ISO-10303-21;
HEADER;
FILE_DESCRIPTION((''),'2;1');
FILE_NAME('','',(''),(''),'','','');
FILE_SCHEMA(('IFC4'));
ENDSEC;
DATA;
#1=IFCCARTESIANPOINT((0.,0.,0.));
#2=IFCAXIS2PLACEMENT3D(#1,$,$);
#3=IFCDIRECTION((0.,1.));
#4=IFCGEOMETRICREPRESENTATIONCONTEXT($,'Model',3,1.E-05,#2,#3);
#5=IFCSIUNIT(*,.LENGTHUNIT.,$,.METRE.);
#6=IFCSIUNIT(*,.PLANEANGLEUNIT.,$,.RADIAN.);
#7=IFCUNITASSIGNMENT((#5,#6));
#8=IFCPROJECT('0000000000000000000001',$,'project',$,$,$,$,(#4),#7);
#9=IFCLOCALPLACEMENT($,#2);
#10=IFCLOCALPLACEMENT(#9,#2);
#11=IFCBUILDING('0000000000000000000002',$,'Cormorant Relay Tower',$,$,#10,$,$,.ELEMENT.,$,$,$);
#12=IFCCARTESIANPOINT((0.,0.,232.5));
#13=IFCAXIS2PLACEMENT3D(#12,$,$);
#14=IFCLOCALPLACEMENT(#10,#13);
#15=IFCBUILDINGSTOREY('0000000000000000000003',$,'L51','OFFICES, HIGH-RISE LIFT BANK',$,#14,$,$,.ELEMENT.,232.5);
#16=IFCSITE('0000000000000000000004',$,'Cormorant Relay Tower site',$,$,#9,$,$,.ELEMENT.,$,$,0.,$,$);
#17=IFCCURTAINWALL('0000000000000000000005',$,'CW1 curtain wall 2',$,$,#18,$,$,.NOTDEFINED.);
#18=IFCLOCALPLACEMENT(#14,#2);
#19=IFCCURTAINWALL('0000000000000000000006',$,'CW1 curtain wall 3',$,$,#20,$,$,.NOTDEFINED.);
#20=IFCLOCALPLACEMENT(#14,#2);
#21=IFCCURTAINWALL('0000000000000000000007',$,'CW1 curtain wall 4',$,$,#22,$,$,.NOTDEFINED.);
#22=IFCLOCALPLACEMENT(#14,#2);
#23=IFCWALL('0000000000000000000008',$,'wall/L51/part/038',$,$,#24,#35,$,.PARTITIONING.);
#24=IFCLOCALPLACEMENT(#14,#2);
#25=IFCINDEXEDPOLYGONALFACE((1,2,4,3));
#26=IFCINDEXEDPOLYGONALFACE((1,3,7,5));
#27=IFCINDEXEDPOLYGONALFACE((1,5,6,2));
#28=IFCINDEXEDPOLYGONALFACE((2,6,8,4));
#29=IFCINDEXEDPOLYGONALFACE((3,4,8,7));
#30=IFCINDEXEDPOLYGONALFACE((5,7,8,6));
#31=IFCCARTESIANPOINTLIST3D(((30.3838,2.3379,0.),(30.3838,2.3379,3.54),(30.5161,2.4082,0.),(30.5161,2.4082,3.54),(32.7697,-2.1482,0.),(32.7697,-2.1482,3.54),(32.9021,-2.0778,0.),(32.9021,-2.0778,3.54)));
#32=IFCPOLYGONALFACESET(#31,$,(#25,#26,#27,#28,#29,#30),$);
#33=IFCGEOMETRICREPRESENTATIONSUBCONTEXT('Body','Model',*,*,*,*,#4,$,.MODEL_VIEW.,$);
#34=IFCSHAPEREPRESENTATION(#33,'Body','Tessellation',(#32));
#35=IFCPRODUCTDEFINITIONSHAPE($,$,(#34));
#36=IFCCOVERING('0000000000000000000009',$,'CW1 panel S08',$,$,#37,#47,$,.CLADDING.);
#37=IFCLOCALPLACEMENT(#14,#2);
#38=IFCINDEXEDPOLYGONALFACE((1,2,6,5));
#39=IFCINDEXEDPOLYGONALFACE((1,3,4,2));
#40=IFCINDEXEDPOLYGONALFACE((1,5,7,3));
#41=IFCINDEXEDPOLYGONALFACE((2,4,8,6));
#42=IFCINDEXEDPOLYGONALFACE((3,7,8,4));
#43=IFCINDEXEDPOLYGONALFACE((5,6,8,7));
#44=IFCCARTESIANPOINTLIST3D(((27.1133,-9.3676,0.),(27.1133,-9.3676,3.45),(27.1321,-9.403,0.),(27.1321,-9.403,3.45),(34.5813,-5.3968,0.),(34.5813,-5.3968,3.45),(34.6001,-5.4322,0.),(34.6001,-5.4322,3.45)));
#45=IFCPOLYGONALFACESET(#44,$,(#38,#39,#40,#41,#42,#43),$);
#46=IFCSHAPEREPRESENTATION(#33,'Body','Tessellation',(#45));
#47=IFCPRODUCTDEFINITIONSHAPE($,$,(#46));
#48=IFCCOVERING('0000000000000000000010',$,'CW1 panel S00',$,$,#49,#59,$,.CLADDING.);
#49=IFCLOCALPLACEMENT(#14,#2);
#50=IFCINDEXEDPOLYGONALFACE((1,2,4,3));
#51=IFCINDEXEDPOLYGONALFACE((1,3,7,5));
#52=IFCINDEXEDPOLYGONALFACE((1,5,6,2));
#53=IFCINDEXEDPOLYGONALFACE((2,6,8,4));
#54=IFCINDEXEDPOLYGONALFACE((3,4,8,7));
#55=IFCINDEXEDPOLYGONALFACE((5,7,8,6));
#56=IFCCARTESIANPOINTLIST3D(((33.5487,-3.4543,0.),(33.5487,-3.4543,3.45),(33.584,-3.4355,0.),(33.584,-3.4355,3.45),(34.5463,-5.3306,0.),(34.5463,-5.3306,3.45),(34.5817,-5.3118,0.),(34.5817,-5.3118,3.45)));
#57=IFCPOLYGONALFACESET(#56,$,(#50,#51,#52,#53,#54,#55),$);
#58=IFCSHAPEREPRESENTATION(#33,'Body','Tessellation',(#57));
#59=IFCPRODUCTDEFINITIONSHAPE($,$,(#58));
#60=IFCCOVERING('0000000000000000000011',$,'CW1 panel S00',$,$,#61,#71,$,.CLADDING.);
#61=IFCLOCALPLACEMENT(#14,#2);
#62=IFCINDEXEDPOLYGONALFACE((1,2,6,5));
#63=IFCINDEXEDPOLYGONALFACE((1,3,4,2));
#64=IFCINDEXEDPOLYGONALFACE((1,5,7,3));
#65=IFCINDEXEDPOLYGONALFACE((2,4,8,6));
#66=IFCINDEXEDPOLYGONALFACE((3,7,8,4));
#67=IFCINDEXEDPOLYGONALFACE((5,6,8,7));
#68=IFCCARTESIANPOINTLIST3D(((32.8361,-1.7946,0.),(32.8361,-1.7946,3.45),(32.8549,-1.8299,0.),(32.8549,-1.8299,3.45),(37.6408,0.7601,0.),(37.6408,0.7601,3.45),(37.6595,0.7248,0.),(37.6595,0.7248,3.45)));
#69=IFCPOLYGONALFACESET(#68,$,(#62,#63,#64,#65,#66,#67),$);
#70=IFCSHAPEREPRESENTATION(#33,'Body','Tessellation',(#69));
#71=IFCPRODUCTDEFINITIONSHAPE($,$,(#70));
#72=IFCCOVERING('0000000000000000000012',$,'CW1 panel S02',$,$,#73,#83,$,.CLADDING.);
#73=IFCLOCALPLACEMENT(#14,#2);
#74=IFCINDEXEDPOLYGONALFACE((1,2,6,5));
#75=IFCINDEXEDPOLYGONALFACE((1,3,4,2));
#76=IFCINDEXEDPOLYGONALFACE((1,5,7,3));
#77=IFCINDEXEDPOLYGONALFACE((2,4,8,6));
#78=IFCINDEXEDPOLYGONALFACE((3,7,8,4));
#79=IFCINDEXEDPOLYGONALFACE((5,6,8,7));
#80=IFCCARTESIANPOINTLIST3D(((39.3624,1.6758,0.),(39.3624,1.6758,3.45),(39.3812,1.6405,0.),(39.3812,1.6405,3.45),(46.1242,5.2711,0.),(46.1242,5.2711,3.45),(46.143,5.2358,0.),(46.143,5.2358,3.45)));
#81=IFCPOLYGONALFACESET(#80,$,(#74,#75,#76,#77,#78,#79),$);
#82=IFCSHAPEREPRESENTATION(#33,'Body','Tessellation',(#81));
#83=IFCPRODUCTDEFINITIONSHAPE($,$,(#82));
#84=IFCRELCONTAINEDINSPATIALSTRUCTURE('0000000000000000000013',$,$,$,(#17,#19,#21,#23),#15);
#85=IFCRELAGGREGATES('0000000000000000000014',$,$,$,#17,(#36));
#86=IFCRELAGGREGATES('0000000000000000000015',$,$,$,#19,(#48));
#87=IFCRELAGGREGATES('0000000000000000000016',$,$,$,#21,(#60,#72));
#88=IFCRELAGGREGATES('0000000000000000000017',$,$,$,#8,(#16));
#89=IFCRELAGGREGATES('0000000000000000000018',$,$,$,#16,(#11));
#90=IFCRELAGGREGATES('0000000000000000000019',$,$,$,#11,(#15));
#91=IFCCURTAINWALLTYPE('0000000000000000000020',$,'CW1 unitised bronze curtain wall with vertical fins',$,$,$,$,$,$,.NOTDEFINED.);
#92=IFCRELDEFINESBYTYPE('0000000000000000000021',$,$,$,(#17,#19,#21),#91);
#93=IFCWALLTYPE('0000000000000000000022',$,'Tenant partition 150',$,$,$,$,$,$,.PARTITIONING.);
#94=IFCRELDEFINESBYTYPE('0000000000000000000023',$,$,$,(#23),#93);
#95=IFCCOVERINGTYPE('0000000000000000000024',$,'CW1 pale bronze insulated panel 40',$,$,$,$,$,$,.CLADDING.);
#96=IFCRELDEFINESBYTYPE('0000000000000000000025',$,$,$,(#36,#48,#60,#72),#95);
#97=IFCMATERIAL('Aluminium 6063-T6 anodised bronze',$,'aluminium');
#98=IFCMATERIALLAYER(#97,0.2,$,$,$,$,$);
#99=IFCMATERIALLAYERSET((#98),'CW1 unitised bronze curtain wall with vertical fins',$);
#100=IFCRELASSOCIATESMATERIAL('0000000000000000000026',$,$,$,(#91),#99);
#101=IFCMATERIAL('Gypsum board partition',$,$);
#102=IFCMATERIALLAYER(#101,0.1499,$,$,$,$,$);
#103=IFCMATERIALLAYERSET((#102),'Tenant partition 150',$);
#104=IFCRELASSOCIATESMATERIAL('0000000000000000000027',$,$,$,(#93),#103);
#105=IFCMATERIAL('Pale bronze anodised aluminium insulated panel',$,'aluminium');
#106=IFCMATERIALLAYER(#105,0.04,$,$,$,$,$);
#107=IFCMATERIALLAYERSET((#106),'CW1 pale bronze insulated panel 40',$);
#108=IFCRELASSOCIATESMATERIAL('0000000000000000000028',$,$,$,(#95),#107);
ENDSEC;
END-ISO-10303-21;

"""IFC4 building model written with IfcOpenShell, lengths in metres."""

from ifc_helpers import new_model, si_unit, direction, frame, frame_2d, origin, origin_2d, place, context, subcontext, project, spatial, rectangle, extrude, material, layer, layer_set, type_object, element, aggregate, save


model = new_model("IFC4")

# Units and contexts
model_context = context("Model", 3, precision=1e-05, world=origin(), true_north=direction((0.0, 1.0)))
body_context = subcontext(model_context, "Body", "Model", "MODEL_VIEW")
ifc_project = project(units=[si_unit("LENGTHUNIT", "METRE"), si_unit("PLANEANGLEUNIT", "RADIAN")], contexts=[model_context])

# Site, building, storey
site_placement = place(None, origin())
site = spatial("IfcSite", under=ifc_project, at=site_placement, Name="Cormorant Relay Tower site", CompositionType="ELEMENT", RefElevation=0.0)
building_placement = place(site_placement, origin())
building = spatial("IfcBuilding", under=site, at=building_placement, Name="Cormorant Relay Tower", CompositionType="ELEMENT")
storey_placement = place(building_placement, frame((0.0, 0.0, 232.5)))
storey = spatial("IfcBuildingStorey", under=building, at=storey_placement, Name="L51", Description="OFFICES, HIGH-RISE LIFT BANK", CompositionType="ELEMENT", Elevation=232.5)

# Curtain walls
ifc_material_1 = material(Name="Aluminium 6063-T6 anodised bronze", Category="aluminium")
ifc_layer_1 = layer(ifc_material_1, 0.2)
ifc_layer_set_1 = layer_set([ifc_layer_1], Name="CW1 unitised bronze curtain wall with vertical fins")
curtain_wall_type = type_object("IfcCurtainWallType", Name="CW1 unitised bronze curtain wall with vertical fins", PredefinedType="NOTDEFINED", material=ifc_layer_set_1)
curtain_wall_1_placement = place(storey_placement, origin())
curtain_wall_1 = element("IfcCurtainWall", 1, at=curtain_wall_1_placement, inside=storey, type_object=curtain_wall_type, Name="CW1 curtain wall 2", PredefinedType="NOTDEFINED")
curtain_wall_2_placement = place(storey_placement, origin())
curtain_wall_2 = element("IfcCurtainWall", 2, at=curtain_wall_2_placement, inside=storey, type_object=curtain_wall_type, Name="CW1 curtain wall 3", PredefinedType="NOTDEFINED")

# Curtain wall
curtain_wall_3_placement = place(storey_placement, origin())
curtain_wall_3 = element("IfcCurtainWall", 3, at=curtain_wall_3_placement, inside=storey, type_object=curtain_wall_type, Name="CW1 curtain wall 4", PredefinedType="NOTDEFINED")

# Wall
ifc_material_2 = material(Name="Gypsum board partition")
ifc_layer_2 = layer(ifc_material_2, 0.1499)
ifc_layer_set_2 = layer_set([ifc_layer_2], Name="Tenant partition 150")
wall_type_1 = type_object("IfcWallType", Name="Tenant partition 150", PredefinedType="PARTITIONING", material=ifc_layer_set_2)
wall_1_placement = place(storey_placement, frame((30.45, 2.373, 0.0), z_axis=(0.0, 0.0, 1.0), x_axis=(0.469578, -0.882891, 0.0)))
element("IfcWall", 4, at=wall_1_placement, inside=storey, type_object=wall_type_1, Name="wall/L51/part/038", PredefinedType="PARTITIONING", context=body_context, shape_type="SweptSolid", body=[
    extrude(rectangle(XDim=5.0811, YDim=0.1499, at=frame_2d((2.5405, 0.0))), origin(), (0.0, 0.0, 1.0), 3.54),
])

# Coverings
ifc_material_3 = material(Name="Pale bronze anodised aluminium insulated panel", Category="aluminium")
ifc_layer_3 = layer(ifc_material_3, 0.04)
ifc_layer_set_3 = layer_set([ifc_layer_3], Name="CW1 pale bronze insulated panel 40")
covering_type = type_object("IfcCoveringType", Name="CW1 pale bronze insulated panel 40", PredefinedType="CLADDING", material=ifc_layer_set_3)
covering_1_placement = place(storey_placement, frame((30.8567, -7.3999, 0.0), z_axis=(0.0, 0.0, 1.0), x_axis=(0.882948, 0.469472, 0.0)))
covering_1 = element("IfcCovering", 5, at=covering_1_placement, type_object=covering_type, Name="CW1 panel S08", PredefinedType="CLADDING", context=body_context, shape_type="SweptSolid", body=[
    extrude(rectangle(XDim=8.458, YDim=0.04, at=origin_2d()), origin(), (0.0, 0.0, 1.0), 3.45),
])
aggregate(curtain_wall_1, [covering_1])
covering_2_placement = place(storey_placement, frame((34.0652, -4.3831, 0.0), z_axis=(0.0, 0.0, 1.0), x_axis=(-0.469472, 0.882948, 0.0)))
covering_2 = element("IfcCovering", 6, at=covering_2_placement, type_object=covering_type, Name="CW1 panel S00", PredefinedType="CLADDING", context=body_context, shape_type="SweptSolid", body=[
    extrude(rectangle(XDim=2.125, YDim=0.04, at=origin_2d()), origin(), (0.0, 0.0, 1.0), 3.45),
])
aggregate(curtain_wall_2, [covering_2])
covering_3_placement = place(storey_placement, frame((35.2478, -0.5349, 0.0), z_axis=(0.0, 0.0, 1.0), x_axis=(0.882948, 0.469472, 0.0)))
covering_3 = element("IfcCovering", 7, at=covering_3_placement, type_object=covering_type, Name="CW1 panel S00", PredefinedType="CLADDING", context=body_context, shape_type="SweptSolid", body=[
    extrude(rectangle(XDim=5.4417, YDim=0.04, at=origin_2d()), origin(), (0.0, 0.0, 1.0), 3.45),
])
covering_4_placement = place(storey_placement, frame((42.7527, 3.4558, 0.0), z_axis=(0.0, 0.0, 1.0), x_axis=(0.882948, 0.469472, 0.0)))
covering_4 = element("IfcCovering", 8, at=covering_4_placement, type_object=covering_type, Name="CW1 panel S02", PredefinedType="CLADDING", context=body_context, shape_type="SweptSolid", body=[
    extrude(rectangle(XDim=7.6582, YDim=0.04, at=origin_2d()), origin(), (0.0, 0.0, 1.0), 3.45),
])
aggregate(curtain_wall_3, [covering_3, covering_4])

save(model, "model.ifc")
